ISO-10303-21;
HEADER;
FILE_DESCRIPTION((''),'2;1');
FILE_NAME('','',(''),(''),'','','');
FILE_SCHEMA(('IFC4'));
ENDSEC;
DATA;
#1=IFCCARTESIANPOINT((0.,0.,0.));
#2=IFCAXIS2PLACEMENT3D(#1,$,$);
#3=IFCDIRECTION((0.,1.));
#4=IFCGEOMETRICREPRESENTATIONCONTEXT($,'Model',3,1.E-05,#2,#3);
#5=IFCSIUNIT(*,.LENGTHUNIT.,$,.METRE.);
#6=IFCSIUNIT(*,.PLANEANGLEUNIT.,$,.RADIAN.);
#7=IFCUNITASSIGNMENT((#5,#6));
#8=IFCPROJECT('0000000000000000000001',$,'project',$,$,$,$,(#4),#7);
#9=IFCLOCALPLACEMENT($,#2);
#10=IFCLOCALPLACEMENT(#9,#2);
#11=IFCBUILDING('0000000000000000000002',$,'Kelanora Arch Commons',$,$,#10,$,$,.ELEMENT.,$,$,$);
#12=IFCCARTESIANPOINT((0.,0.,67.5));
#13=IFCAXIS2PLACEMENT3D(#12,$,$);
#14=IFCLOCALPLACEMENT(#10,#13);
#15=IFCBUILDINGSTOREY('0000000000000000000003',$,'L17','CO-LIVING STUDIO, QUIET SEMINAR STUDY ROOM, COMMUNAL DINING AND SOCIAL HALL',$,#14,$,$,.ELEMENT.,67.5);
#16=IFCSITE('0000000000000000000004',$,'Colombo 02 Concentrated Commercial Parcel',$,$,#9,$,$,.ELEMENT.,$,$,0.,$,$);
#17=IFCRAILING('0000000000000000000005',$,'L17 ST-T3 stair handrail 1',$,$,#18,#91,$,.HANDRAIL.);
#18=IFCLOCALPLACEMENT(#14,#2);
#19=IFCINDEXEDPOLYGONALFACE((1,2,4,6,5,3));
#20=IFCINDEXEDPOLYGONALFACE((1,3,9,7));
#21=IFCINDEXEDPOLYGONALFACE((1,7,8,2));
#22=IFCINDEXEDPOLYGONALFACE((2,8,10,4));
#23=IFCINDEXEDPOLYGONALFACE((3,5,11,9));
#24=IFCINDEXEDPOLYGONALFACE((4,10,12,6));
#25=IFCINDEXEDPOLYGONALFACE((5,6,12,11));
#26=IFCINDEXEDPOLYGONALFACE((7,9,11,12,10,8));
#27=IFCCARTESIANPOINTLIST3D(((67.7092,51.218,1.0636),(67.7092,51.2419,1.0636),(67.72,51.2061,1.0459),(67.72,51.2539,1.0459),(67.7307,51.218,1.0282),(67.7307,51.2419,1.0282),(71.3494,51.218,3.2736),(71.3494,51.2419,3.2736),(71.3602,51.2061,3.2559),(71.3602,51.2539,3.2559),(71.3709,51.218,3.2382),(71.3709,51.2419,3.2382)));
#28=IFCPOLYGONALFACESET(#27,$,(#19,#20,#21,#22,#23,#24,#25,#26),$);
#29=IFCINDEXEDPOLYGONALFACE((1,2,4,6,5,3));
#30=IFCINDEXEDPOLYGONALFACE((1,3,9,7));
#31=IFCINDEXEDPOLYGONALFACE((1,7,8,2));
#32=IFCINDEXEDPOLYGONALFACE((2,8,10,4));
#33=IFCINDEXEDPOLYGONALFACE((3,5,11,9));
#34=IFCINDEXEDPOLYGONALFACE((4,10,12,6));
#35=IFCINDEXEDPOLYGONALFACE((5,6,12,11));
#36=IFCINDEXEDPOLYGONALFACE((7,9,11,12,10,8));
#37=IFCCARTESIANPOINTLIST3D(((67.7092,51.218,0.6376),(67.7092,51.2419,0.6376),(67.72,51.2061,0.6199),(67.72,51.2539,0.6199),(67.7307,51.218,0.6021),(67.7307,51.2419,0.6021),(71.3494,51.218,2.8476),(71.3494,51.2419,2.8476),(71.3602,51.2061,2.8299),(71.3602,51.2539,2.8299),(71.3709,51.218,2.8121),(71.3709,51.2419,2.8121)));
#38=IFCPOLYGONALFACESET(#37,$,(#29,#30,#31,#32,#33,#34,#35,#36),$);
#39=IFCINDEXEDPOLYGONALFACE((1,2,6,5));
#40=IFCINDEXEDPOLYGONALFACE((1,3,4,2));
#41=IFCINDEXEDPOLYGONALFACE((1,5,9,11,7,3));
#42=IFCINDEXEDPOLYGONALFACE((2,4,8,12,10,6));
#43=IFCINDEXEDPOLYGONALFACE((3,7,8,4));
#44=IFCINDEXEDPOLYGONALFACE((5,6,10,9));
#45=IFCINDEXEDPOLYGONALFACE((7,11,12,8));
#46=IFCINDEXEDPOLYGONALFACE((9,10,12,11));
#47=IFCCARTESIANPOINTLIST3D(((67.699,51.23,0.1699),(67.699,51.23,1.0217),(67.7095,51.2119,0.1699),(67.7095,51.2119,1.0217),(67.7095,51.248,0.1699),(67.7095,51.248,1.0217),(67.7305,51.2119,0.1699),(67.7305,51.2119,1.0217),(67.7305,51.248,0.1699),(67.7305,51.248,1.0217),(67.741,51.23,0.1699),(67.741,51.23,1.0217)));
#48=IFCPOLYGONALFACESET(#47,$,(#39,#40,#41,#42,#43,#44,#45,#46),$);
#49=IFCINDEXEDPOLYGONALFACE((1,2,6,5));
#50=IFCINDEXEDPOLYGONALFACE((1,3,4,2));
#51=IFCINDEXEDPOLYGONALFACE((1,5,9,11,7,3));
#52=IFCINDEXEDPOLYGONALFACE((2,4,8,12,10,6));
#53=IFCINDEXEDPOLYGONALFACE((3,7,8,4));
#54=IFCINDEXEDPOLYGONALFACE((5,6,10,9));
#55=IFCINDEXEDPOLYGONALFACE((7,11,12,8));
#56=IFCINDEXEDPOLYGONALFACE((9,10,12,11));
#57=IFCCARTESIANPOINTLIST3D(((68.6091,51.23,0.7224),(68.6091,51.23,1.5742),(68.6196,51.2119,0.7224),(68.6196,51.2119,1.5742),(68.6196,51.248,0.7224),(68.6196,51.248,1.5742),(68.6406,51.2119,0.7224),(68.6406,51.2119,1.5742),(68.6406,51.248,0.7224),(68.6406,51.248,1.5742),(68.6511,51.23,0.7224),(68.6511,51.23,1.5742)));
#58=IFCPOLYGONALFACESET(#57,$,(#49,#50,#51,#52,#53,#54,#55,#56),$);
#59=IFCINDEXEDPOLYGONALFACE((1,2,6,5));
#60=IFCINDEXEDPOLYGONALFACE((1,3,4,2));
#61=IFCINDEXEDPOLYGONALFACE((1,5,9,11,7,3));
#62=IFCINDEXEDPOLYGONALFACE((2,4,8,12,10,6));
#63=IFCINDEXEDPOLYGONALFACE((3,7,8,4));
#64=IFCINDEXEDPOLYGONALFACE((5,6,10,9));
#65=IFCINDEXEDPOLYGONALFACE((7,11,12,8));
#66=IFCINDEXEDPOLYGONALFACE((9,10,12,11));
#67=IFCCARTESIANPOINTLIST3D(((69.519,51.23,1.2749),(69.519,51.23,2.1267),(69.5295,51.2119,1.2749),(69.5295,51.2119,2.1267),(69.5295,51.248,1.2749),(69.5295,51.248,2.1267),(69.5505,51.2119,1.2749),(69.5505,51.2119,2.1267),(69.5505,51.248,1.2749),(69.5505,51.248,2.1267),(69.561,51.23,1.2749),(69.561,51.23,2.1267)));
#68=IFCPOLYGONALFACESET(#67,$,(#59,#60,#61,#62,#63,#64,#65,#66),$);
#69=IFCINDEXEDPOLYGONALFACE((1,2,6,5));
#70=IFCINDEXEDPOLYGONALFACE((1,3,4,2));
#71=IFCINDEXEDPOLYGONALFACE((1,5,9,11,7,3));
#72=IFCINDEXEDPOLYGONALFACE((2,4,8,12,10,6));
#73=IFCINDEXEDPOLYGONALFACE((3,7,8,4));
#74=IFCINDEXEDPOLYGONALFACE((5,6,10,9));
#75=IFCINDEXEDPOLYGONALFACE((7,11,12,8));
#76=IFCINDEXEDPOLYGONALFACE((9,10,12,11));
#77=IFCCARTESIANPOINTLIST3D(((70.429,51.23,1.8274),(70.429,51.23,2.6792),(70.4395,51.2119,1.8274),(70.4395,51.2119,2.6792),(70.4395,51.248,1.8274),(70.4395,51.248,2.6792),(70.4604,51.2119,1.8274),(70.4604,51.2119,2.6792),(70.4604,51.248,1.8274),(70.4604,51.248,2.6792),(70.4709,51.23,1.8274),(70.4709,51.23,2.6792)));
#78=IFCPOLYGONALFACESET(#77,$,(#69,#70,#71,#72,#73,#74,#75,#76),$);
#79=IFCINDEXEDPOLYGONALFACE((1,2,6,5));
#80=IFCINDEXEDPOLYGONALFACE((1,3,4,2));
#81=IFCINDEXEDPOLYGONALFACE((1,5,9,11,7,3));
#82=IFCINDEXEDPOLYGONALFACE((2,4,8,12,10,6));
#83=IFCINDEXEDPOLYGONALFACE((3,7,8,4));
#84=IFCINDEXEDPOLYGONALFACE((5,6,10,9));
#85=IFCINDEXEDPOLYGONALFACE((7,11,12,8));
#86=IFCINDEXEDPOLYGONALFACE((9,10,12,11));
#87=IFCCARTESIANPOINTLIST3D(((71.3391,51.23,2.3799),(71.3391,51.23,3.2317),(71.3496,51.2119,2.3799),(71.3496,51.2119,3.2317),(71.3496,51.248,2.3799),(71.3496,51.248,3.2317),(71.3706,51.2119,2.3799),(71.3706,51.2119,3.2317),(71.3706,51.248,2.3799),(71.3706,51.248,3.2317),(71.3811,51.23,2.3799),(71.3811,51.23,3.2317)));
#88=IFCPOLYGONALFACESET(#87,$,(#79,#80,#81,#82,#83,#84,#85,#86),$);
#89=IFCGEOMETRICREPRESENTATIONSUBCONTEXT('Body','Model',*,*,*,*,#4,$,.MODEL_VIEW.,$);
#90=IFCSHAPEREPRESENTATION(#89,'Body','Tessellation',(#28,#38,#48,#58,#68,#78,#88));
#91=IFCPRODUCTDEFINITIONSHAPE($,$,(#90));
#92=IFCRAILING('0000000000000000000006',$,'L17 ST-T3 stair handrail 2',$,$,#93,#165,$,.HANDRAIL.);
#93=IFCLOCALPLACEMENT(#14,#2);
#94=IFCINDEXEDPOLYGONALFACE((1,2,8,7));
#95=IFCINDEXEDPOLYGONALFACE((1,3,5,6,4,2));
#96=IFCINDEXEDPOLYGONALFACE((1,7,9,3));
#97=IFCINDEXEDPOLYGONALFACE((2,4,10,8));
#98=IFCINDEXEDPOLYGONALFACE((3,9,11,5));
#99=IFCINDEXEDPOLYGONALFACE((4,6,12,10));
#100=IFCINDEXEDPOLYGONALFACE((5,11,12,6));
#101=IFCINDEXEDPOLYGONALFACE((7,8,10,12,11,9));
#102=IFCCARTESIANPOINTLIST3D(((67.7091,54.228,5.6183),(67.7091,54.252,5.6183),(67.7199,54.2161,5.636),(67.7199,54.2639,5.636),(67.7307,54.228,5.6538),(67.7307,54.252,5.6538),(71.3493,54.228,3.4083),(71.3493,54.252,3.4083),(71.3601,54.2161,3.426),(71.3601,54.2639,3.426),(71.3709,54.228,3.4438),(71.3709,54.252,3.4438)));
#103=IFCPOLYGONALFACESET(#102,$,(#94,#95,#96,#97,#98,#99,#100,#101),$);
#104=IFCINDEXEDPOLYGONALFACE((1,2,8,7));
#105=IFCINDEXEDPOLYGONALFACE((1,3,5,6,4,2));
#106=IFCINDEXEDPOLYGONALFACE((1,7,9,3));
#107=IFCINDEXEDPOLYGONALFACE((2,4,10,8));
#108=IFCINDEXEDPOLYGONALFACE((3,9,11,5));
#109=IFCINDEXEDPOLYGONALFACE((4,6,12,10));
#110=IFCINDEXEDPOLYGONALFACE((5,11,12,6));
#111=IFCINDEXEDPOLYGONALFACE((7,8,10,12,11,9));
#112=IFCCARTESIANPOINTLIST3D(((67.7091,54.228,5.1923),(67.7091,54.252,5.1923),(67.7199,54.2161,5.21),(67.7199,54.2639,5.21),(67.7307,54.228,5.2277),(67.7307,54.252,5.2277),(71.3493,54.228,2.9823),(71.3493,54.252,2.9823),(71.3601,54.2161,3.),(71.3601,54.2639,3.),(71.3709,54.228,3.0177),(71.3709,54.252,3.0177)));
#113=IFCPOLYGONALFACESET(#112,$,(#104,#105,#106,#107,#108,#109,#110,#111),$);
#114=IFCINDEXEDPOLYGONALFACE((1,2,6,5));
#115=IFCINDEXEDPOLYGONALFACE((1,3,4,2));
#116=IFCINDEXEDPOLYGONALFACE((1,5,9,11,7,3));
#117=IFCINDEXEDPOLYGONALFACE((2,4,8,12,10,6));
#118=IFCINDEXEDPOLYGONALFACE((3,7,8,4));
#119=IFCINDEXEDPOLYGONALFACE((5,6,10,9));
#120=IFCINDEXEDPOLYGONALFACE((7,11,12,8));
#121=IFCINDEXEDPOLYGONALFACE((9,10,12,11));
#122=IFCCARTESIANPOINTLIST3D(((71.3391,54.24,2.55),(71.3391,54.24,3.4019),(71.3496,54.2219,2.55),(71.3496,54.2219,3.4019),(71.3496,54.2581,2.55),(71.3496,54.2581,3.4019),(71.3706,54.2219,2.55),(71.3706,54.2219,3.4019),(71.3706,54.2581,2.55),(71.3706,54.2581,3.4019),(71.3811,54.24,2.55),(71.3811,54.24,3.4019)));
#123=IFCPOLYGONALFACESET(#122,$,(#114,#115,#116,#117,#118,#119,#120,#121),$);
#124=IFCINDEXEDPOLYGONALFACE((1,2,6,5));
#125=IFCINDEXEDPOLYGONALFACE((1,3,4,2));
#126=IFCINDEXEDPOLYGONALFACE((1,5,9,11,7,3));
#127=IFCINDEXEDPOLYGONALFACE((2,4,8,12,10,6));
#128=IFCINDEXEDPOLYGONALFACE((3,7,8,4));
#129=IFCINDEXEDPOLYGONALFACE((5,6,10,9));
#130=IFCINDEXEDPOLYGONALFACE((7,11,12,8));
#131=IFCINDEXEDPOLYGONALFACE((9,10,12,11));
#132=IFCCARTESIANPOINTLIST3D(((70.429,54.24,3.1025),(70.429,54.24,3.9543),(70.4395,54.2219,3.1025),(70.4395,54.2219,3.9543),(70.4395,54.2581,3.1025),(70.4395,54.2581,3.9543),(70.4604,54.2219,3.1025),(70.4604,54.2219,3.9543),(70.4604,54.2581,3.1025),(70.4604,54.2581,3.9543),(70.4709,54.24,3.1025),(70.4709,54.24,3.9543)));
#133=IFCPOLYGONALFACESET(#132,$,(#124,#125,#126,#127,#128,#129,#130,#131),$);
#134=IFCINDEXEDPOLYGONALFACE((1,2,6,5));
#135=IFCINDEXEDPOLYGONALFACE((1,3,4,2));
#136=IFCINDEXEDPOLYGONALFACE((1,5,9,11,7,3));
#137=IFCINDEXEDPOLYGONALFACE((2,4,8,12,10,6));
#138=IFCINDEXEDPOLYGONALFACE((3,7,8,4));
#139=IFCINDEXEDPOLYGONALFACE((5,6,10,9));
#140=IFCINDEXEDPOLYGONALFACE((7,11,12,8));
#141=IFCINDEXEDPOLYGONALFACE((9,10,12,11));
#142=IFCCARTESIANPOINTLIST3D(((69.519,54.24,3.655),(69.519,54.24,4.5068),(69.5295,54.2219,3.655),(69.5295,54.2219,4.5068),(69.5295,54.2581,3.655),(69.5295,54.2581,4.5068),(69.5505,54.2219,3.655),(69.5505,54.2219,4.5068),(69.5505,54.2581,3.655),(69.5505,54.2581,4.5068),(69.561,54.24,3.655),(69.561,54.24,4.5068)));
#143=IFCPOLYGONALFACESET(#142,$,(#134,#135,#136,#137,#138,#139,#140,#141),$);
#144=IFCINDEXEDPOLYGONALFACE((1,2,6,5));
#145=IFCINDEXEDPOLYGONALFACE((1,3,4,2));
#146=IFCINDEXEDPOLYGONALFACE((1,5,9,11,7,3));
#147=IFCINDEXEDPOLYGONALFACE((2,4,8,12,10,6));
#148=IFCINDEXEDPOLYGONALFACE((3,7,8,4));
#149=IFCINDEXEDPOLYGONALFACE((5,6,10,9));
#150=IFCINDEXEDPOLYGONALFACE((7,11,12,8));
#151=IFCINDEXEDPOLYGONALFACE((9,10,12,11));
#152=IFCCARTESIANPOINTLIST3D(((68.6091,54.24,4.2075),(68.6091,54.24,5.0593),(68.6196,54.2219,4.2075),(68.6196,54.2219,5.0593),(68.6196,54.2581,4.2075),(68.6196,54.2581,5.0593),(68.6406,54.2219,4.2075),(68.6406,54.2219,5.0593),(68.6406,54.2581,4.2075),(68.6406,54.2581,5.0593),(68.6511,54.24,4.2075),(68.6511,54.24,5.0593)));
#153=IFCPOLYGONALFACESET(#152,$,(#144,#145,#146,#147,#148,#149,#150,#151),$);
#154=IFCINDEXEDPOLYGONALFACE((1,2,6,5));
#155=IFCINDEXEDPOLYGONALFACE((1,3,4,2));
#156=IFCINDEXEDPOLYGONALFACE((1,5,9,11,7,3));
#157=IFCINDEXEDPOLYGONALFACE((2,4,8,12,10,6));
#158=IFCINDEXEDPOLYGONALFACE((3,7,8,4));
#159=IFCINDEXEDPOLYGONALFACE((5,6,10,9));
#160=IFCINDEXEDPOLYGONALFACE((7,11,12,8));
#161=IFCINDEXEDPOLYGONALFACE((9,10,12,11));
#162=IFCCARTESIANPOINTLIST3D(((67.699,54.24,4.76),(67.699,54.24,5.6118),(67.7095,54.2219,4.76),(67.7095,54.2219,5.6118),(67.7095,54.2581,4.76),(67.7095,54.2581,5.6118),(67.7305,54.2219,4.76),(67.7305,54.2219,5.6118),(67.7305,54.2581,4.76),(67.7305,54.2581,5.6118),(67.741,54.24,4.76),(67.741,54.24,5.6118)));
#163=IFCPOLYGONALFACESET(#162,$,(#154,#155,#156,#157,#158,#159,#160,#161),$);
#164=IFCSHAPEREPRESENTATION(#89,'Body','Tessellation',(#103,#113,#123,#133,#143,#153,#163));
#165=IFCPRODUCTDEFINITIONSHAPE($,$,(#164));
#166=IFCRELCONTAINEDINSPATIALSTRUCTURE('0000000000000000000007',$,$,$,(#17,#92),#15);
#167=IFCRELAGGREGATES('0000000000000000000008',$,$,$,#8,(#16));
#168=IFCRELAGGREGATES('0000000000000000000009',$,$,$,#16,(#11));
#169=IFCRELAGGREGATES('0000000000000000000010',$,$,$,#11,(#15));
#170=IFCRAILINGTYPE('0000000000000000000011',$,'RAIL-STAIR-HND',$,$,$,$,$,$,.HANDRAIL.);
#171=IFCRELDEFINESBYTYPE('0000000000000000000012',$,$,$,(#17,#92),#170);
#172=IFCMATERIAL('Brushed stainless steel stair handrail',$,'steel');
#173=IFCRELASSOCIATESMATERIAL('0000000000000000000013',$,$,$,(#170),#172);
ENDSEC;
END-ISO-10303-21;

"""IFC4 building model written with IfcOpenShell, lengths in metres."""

from ifc_helpers import new_model, si_unit, direction, frame, origin, place, context, subcontext, project, spatial, polyline, outline, extrude, material, type_object, element, save


model = new_model("IFC4")

# Units and contexts
model_context = context("Model", 3, precision=1e-05, world=origin(), true_north=direction((0.0, 1.0)))
body_context = subcontext(model_context, "Body", "Model", "MODEL_VIEW")
ifc_project = project(units=[si_unit("LENGTHUNIT", "METRE"), si_unit("PLANEANGLEUNIT", "RADIAN")], contexts=[model_context])

# Site, building, storey
site_placement = place(None, origin())
site = spatial("IfcSite", under=ifc_project, at=site_placement, Name="Colombo 02 Concentrated Commercial Parcel", CompositionType="ELEMENT", RefElevation=0.0)
building_placement = place(site_placement, origin())
building = spatial("IfcBuilding", under=site, at=building_placement, Name="Kelanora Arch Commons", CompositionType="ELEMENT")
storey_placement = place(building_placement, frame((0.0, 0.0, 67.5)))
storey = spatial("IfcBuildingStorey", under=building, at=storey_placement, Name="L17", Description="CO-LIVING STUDIO, QUIET SEMINAR STUDY ROOM, COMMUNAL DINING AND SOCIAL HALL", CompositionType="ELEMENT", Elevation=67.5)

# Railings
ifc_material_1 = material(Name="Brushed stainless steel stair handrail", Category="steel")
railing_type_1 = type_object("IfcRailingType", Name="RAIL-STAIR-HND", PredefinedType="HANDRAIL", material=ifc_material_1)
railing_1_placement = place(storey_placement, frame((67.72, 51.23, 0.1699)))
element("IfcRailing", 1, at=railing_1_placement, inside=storey, type_object=railing_type_1, Name="L17 ST-T3 stair handrail 1", PredefinedType="HANDRAIL", context=body_context, shape_type="SweptSolid", body=[
    extrude(outline(polyline([(0.0239, 0.0), (0.012, 0.0208), (-0.012, 0.0208), (-0.0239, 0.0), (-0.012, -0.0208), (0.012, -0.0208), (0.0239, 0.0)])), frame((0.0, 0.0, 0.876), z_axis=(0.8548, 0.0, 0.518957), x_axis=(0.0, 1.0, 0.0)), (0.0, 0.0, 1.0), 4.2585),
    extrude(outline(polyline([(0.0239, 0.0), (0.012, 0.0208), (-0.012, 0.0208), (-0.0239, 0.0), (-0.012, -0.0208), (0.012, -0.0208), (0.0239, 0.0)])), frame((0.0, 0.0, 0.45), z_axis=(0.8548, 0.0, 0.518957), x_axis=(0.0, 1.0, 0.0)), (0.0, 0.0, 1.0), 4.2585),
    extrude(outline(polyline([(0.021, 0.0), (0.0105, 0.0181), (-0.0105, 0.0181), (-0.021, 0.0), (-0.0105, -0.0181), (0.0105, -0.0181), (0.021, 0.0)])), origin(), (0.0, 0.0, 1.0), 0.8518),
    extrude(outline(polyline([(0.021, 0.0), (0.0105, 0.0181), (-0.0105, 0.0181), (-0.021, 0.0), (-0.0105, -0.0181), (0.0105, -0.0181), (0.021, 0.0)])), frame((0.9102, 0.0, 0.5525)), (0.0, 0.0, 1.0), 0.8518),
    extrude(outline(polyline([(0.021, 0.0), (0.0105, 0.0181), (-0.0105, 0.0181), (-0.021, 0.0), (-0.0105, -0.0181), (0.0105, -0.0181), (0.021, 0.0)])), frame((1.8201, 0.0, 1.105)), (0.0, 0.0, 1.0), 0.8518),
    extrude(outline(polyline([(0.021, 0.0), (0.0105, 0.0181), (-0.0105, 0.0181), (-0.021, 0.0), (-0.0105, -0.0181), (0.0105, -0.0181), (0.021, 0.0)])), frame((2.73, 0.0, 1.6575)), (0.0, 0.0, 1.0), 0.8518),
    extrude(outline(polyline([(0.021, 0.0), (0.0105, 0.0181), (-0.0105, 0.0181), (-0.021, 0.0), (-0.0105, -0.0181), (0.0105, -0.0181), (0.021, 0.0)])), frame((3.6401, 0.0, 2.21)), (0.0, 0.0, 1.0), 0.8518),
])
railing_2_placement = place(storey_placement, frame((71.3601, 54.24, 2.55)))
element("IfcRailing", 2, at=railing_2_placement, inside=storey, type_object=railing_type_1, Name="L17 ST-T3 stair handrail 2", PredefinedType="HANDRAIL", context=body_context, shape_type="SweptSolid", body=[
    extrude(outline(polyline([(0.0239, 0.0), (0.012, 0.0208), (-0.012, 0.0208), (-0.0239, 0.0), (-0.012, -0.0208), (0.012, -0.0208), (0.0239, 0.0)])), frame((0.0, 0.0, 0.876), z_axis=(-0.8548, 0.0, 0.518957), x_axis=(0.0, -1.0, 0.0)), (0.0, 0.0, 1.0), 4.2585),
    extrude(outline(polyline([(0.0239, 0.0), (0.012, 0.0208), (-0.012, 0.0208), (-0.0239, 0.0), (-0.012, -0.0208), (0.012, -0.0208), (0.0239, 0.0)])), frame((0.0, 0.0, 0.45), z_axis=(-0.8548, 0.0, 0.518957), x_axis=(0.0, -1.0, 0.0)), (0.0, 0.0, 1.0), 4.2585),
    extrude(outline(polyline([(0.021, 0.0), (0.0105, 0.0181), (-0.0105, 0.0181), (-0.021, 0.0), (-0.0105, -0.0181), (0.0105, -0.0181), (0.021, 0.0)])), origin(), (0.0, 0.0, 1.0), 0.8518),
    extrude(outline(polyline([(0.021, 0.0), (0.0105, 0.0181), (-0.0105, 0.0181), (-0.021, 0.0), (-0.0105, -0.0181), (0.0105, -0.0181), (0.021, 0.0)])), frame((-0.9102, 0.0, 0.5525)), (0.0, 0.0, 1.0), 0.8518),
    extrude(outline(polyline([(0.021, 0.0), (0.0105, 0.0181), (-0.0105, 0.0181), (-0.021, 0.0), (-0.0105, -0.0181), (0.0105, -0.0181), (0.021, 0.0)])), frame((-1.8201, 0.0, 1.105)), (0.0, 0.0, 1.0), 0.8518),
    extrude(outline(polyline([(0.021, 0.0), (0.0105, 0.0181), (-0.0105, 0.0181), (-0.021, 0.0), (-0.0105, -0.0181), (0.0105, -0.0181), (0.021, 0.0)])), frame((-2.73, 0.0, 1.6575)), (0.0, 0.0, 1.0), 0.8518),
    extrude(outline(polyline([(0.021, 0.0), (0.0105, 0.0181), (-0.0105, 0.0181), (-0.021, 0.0), (-0.0105, -0.0181), (0.0105, -0.0181), (0.021, 0.0)])), frame((-3.6401, 0.0, 2.21)), (0.0, 0.0, 1.0), 0.8518),
])

save(model, "model.ifc")
